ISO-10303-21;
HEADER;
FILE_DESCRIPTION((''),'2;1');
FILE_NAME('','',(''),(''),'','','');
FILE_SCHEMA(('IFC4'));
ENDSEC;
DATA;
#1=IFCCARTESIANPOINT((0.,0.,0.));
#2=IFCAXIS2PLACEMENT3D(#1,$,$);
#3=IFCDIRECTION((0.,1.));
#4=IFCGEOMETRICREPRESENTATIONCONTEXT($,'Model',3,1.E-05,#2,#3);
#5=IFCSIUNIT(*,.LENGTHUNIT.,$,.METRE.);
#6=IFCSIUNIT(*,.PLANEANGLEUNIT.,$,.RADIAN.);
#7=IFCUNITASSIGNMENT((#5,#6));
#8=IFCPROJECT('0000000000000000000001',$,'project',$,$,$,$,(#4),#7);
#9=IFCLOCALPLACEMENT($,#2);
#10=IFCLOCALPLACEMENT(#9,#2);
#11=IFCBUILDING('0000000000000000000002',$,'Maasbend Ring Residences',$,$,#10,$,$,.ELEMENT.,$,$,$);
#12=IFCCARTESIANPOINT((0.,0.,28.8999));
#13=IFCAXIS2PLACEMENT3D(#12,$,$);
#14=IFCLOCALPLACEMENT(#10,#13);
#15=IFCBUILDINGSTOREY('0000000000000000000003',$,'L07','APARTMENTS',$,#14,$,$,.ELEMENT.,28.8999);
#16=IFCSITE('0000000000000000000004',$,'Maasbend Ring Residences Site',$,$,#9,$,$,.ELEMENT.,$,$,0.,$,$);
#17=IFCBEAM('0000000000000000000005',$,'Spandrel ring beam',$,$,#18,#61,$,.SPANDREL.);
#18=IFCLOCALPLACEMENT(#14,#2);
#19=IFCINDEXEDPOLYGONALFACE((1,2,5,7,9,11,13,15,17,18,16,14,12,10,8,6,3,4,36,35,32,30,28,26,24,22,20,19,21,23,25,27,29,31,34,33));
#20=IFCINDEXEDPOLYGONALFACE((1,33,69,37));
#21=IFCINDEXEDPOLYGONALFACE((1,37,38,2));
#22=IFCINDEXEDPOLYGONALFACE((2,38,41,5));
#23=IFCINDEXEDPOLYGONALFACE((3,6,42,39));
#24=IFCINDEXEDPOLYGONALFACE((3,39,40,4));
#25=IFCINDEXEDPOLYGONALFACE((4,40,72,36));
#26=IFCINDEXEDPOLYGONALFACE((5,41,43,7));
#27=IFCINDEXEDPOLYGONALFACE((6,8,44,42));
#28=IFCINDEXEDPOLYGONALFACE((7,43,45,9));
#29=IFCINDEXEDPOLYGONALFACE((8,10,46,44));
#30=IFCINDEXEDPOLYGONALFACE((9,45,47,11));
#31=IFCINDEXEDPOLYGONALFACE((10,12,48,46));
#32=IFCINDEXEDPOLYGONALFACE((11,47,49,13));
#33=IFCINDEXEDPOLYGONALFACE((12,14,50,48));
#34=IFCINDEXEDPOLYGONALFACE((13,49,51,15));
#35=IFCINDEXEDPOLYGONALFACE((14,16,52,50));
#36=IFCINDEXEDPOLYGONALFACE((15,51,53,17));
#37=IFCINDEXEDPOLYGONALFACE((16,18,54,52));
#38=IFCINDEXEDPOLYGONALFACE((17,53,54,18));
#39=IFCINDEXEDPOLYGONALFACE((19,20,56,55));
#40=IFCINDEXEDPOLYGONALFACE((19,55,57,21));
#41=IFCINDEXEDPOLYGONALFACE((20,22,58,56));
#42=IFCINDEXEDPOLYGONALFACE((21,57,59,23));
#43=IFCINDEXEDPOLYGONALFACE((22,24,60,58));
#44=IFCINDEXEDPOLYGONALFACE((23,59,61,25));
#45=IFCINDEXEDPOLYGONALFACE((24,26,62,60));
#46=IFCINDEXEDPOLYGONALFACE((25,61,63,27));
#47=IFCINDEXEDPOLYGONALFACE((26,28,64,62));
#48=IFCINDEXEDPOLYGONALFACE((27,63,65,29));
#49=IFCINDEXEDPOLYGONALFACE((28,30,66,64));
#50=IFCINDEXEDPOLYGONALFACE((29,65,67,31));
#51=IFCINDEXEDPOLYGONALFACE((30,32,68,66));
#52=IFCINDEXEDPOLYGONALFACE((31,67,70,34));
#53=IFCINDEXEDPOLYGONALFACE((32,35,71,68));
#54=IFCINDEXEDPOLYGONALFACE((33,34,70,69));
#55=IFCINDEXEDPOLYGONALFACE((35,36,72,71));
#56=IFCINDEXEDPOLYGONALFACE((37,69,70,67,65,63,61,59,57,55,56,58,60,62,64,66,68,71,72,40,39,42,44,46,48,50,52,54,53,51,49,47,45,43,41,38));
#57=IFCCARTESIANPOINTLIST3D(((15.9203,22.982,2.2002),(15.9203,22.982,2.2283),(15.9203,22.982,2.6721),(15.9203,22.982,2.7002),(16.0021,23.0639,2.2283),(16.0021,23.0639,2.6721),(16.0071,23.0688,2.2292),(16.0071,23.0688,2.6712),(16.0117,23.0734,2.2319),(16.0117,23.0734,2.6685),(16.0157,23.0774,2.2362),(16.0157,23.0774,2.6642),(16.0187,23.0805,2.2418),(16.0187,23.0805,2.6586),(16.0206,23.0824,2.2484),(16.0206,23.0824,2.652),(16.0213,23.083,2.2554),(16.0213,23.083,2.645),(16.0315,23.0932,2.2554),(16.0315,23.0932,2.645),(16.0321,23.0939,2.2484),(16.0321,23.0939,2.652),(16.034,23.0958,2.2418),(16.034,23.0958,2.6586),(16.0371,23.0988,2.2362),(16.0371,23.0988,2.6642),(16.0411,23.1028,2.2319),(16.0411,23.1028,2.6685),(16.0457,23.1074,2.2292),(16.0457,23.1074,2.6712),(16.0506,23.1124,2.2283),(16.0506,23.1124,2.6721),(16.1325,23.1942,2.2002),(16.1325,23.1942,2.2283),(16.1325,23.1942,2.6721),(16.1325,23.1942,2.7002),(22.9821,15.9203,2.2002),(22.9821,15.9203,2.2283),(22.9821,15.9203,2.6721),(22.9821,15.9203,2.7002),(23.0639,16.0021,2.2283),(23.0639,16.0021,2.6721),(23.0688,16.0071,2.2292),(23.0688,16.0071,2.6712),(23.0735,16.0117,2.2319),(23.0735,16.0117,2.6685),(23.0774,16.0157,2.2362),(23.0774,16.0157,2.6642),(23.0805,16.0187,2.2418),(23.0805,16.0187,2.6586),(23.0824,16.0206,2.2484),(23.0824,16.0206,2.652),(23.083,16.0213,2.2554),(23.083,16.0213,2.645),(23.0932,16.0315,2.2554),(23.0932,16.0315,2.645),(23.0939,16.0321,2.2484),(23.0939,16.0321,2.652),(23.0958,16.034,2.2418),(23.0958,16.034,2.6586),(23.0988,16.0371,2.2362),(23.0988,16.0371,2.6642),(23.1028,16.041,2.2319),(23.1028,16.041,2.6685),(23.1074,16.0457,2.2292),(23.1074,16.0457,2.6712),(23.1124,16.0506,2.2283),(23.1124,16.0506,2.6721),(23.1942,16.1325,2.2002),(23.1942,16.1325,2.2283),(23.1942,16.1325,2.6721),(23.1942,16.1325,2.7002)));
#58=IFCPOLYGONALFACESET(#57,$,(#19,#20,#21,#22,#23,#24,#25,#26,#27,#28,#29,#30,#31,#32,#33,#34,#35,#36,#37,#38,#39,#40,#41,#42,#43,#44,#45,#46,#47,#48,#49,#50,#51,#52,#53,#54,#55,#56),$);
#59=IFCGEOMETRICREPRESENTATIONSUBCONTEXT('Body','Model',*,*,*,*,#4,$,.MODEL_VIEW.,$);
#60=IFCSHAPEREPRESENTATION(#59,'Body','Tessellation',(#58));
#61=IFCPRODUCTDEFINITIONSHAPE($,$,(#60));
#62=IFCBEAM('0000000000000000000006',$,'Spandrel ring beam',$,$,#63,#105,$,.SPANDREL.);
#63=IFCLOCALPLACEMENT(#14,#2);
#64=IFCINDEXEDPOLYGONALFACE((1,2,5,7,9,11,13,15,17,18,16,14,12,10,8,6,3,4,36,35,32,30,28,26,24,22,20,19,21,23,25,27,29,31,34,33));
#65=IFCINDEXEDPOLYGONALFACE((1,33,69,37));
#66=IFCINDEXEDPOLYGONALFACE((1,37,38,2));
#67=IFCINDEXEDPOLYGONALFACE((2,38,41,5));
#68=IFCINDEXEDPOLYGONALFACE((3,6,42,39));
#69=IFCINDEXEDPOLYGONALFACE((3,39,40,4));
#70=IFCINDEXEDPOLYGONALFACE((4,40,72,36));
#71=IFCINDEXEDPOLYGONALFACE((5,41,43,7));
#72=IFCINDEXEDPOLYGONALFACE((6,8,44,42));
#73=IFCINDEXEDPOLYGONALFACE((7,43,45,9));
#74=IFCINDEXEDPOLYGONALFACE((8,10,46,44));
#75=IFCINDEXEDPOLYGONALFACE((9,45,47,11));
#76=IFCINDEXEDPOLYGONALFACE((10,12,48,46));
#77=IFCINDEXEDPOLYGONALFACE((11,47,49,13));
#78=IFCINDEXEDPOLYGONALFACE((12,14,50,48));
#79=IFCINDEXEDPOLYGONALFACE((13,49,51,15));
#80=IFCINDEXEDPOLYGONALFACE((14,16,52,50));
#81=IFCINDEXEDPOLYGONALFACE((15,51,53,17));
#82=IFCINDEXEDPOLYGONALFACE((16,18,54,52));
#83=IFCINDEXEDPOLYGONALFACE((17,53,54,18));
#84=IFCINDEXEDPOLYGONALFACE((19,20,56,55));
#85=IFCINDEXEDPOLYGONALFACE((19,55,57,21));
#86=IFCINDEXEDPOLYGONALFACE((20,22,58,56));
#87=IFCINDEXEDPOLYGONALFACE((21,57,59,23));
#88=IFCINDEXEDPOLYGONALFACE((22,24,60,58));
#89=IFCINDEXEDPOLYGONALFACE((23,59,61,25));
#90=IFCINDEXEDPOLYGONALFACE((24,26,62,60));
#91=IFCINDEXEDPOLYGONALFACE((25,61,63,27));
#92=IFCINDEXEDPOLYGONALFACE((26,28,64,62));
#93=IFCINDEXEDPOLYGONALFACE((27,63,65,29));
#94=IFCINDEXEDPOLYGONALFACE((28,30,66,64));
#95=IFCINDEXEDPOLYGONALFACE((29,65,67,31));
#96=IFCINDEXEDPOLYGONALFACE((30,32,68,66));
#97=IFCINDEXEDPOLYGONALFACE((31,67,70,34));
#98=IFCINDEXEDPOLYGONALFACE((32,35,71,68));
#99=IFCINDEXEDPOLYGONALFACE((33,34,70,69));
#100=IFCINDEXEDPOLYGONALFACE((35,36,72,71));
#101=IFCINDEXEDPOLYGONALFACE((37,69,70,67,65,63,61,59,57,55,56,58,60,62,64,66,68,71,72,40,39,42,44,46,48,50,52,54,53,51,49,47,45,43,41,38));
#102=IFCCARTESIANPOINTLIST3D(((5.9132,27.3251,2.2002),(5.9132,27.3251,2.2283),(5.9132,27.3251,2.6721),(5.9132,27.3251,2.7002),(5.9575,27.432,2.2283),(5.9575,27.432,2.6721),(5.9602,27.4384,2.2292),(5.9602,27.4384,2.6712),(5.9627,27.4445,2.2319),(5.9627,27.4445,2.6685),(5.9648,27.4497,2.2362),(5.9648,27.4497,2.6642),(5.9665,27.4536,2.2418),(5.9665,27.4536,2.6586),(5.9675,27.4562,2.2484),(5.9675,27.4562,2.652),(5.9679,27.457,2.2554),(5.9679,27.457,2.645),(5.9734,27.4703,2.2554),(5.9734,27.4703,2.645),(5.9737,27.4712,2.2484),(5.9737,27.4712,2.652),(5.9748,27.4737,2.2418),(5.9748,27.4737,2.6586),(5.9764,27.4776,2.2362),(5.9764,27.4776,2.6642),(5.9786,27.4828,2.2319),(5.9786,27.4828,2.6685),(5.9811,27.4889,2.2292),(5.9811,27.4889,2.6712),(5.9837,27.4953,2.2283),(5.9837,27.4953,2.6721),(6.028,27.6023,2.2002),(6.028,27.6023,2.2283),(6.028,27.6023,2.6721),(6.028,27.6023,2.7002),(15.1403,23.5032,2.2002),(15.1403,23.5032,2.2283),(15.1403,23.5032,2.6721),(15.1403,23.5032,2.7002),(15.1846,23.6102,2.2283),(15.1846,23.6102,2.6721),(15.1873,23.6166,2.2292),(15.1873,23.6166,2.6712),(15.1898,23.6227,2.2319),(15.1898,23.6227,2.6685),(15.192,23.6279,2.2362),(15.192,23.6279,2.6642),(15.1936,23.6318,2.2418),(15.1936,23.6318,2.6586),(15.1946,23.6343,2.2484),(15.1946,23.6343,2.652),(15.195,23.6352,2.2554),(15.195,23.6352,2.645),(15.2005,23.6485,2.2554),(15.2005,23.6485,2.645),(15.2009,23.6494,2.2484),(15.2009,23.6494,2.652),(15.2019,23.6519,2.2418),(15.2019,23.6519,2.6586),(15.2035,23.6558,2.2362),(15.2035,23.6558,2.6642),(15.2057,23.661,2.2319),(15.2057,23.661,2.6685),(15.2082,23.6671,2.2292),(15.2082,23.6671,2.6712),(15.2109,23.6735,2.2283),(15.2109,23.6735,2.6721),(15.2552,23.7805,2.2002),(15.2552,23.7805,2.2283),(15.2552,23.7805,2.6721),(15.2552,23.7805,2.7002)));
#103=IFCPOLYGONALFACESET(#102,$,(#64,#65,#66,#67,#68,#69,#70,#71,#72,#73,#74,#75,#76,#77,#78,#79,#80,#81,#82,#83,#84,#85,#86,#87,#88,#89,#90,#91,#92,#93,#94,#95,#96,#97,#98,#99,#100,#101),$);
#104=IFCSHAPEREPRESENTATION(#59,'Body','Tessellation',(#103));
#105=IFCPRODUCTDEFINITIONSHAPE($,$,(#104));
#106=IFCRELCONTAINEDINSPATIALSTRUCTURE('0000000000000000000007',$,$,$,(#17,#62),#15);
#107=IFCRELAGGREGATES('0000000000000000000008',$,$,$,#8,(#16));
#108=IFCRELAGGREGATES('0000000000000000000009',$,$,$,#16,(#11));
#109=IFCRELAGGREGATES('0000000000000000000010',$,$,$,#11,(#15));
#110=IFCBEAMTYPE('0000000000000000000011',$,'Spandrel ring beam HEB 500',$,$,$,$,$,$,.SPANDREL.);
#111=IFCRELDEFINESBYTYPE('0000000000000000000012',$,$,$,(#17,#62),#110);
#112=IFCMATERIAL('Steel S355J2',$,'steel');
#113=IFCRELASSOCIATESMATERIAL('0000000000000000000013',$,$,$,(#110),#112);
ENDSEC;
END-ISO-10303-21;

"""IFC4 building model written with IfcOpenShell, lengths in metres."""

from ifc_helpers import new_model, si_unit, direction, frame, origin, origin_2d, place, context, subcontext, project, spatial, i_section, extrude, material, material_profile, profile_set, type_object, element, save


model = new_model("IFC4")

# Units and contexts
model_context = context("Model", 3, precision=1e-05, world=origin(), true_north=direction((0.0, 1.0)))
body_context = subcontext(model_context, "Body", "Model", "MODEL_VIEW")
ifc_project = project(units=[si_unit("LENGTHUNIT", "METRE"), si_unit("PLANEANGLEUNIT", "RADIAN")], contexts=[model_context])

# Site, building, storey
site_placement = place(None, origin())
site = spatial("IfcSite", under=ifc_project, at=site_placement, Name="Maasbend Ring Residences Site", CompositionType="ELEMENT", RefElevation=0.0)
building_placement = place(site_placement, origin())
building = spatial("IfcBuilding", under=site, at=building_placement, Name="Maasbend Ring Residences", CompositionType="ELEMENT")
storey_placement = place(building_placement, frame((0.0, 0.0, 28.8999)))
storey = spatial("IfcBuildingStorey", under=building, at=storey_placement, Name="L07", Description="APARTMENTS", CompositionType="ELEMENT", Elevation=28.8999)

# Beams
ifc_material_1 = material(Name="Steel S355J2", Category="steel")
ifc_material_profile_1 = material_profile(ifc_material_1, i_section(OverallWidth=0.3, OverallDepth=0.5, WebThickness=0.0144, FlangeThickness=0.0281, FilletRadius=0.0271, at=origin_2d()), Name="HEB 500")
ifc_profile_set_1 = profile_set([ifc_material_profile_1], Name="Steel S355J2")
beam_type = type_object("IfcBeamType", Name="Spandrel ring beam HEB 500", PredefinedType="SPANDREL", material=ifc_profile_set_1)
beam_1_placement = place(storey_placement, frame((23.0881, 16.0264, 2.4502), z_axis=(-0.707107, 0.707107, 0.0), x_axis=(-0.707107, -0.707107, 0.0)))
element("IfcBeam", 1, at=beam_1_placement, inside=storey, type_object=beam_type, Name="Spandrel ring beam", PredefinedType="SPANDREL", context=body_context, shape_type="SweptSolid", body=[
    extrude(i_section(OverallWidth=0.3, OverallDepth=0.5, WebThickness=0.0144, FlangeThickness=0.0281, FilletRadius=0.0271, at=origin_2d()), origin(), (0.0, 0.0, 1.0), 9.9868),
])
beam_2_placement = place(storey_placement, frame((15.1978, 23.6418, 2.4502), z_axis=(-0.923886, 0.382667, 0.0), x_axis=(-0.382667, -0.923886, 0.0)))
element("IfcBeam", 2, at=beam_2_placement, inside=storey, type_object=beam_type, Name="Spandrel ring beam", PredefinedType="SPANDREL", context=body_context, shape_type="SweptSolid", body=[
    extrude(i_section(OverallWidth=0.3, OverallDepth=0.5, WebThickness=0.0144, FlangeThickness=0.0281, FilletRadius=0.0271, at=origin_2d()), origin(), (0.0, 0.0, 1.0), 9.9873),
])

save(model, "model.ifc")
